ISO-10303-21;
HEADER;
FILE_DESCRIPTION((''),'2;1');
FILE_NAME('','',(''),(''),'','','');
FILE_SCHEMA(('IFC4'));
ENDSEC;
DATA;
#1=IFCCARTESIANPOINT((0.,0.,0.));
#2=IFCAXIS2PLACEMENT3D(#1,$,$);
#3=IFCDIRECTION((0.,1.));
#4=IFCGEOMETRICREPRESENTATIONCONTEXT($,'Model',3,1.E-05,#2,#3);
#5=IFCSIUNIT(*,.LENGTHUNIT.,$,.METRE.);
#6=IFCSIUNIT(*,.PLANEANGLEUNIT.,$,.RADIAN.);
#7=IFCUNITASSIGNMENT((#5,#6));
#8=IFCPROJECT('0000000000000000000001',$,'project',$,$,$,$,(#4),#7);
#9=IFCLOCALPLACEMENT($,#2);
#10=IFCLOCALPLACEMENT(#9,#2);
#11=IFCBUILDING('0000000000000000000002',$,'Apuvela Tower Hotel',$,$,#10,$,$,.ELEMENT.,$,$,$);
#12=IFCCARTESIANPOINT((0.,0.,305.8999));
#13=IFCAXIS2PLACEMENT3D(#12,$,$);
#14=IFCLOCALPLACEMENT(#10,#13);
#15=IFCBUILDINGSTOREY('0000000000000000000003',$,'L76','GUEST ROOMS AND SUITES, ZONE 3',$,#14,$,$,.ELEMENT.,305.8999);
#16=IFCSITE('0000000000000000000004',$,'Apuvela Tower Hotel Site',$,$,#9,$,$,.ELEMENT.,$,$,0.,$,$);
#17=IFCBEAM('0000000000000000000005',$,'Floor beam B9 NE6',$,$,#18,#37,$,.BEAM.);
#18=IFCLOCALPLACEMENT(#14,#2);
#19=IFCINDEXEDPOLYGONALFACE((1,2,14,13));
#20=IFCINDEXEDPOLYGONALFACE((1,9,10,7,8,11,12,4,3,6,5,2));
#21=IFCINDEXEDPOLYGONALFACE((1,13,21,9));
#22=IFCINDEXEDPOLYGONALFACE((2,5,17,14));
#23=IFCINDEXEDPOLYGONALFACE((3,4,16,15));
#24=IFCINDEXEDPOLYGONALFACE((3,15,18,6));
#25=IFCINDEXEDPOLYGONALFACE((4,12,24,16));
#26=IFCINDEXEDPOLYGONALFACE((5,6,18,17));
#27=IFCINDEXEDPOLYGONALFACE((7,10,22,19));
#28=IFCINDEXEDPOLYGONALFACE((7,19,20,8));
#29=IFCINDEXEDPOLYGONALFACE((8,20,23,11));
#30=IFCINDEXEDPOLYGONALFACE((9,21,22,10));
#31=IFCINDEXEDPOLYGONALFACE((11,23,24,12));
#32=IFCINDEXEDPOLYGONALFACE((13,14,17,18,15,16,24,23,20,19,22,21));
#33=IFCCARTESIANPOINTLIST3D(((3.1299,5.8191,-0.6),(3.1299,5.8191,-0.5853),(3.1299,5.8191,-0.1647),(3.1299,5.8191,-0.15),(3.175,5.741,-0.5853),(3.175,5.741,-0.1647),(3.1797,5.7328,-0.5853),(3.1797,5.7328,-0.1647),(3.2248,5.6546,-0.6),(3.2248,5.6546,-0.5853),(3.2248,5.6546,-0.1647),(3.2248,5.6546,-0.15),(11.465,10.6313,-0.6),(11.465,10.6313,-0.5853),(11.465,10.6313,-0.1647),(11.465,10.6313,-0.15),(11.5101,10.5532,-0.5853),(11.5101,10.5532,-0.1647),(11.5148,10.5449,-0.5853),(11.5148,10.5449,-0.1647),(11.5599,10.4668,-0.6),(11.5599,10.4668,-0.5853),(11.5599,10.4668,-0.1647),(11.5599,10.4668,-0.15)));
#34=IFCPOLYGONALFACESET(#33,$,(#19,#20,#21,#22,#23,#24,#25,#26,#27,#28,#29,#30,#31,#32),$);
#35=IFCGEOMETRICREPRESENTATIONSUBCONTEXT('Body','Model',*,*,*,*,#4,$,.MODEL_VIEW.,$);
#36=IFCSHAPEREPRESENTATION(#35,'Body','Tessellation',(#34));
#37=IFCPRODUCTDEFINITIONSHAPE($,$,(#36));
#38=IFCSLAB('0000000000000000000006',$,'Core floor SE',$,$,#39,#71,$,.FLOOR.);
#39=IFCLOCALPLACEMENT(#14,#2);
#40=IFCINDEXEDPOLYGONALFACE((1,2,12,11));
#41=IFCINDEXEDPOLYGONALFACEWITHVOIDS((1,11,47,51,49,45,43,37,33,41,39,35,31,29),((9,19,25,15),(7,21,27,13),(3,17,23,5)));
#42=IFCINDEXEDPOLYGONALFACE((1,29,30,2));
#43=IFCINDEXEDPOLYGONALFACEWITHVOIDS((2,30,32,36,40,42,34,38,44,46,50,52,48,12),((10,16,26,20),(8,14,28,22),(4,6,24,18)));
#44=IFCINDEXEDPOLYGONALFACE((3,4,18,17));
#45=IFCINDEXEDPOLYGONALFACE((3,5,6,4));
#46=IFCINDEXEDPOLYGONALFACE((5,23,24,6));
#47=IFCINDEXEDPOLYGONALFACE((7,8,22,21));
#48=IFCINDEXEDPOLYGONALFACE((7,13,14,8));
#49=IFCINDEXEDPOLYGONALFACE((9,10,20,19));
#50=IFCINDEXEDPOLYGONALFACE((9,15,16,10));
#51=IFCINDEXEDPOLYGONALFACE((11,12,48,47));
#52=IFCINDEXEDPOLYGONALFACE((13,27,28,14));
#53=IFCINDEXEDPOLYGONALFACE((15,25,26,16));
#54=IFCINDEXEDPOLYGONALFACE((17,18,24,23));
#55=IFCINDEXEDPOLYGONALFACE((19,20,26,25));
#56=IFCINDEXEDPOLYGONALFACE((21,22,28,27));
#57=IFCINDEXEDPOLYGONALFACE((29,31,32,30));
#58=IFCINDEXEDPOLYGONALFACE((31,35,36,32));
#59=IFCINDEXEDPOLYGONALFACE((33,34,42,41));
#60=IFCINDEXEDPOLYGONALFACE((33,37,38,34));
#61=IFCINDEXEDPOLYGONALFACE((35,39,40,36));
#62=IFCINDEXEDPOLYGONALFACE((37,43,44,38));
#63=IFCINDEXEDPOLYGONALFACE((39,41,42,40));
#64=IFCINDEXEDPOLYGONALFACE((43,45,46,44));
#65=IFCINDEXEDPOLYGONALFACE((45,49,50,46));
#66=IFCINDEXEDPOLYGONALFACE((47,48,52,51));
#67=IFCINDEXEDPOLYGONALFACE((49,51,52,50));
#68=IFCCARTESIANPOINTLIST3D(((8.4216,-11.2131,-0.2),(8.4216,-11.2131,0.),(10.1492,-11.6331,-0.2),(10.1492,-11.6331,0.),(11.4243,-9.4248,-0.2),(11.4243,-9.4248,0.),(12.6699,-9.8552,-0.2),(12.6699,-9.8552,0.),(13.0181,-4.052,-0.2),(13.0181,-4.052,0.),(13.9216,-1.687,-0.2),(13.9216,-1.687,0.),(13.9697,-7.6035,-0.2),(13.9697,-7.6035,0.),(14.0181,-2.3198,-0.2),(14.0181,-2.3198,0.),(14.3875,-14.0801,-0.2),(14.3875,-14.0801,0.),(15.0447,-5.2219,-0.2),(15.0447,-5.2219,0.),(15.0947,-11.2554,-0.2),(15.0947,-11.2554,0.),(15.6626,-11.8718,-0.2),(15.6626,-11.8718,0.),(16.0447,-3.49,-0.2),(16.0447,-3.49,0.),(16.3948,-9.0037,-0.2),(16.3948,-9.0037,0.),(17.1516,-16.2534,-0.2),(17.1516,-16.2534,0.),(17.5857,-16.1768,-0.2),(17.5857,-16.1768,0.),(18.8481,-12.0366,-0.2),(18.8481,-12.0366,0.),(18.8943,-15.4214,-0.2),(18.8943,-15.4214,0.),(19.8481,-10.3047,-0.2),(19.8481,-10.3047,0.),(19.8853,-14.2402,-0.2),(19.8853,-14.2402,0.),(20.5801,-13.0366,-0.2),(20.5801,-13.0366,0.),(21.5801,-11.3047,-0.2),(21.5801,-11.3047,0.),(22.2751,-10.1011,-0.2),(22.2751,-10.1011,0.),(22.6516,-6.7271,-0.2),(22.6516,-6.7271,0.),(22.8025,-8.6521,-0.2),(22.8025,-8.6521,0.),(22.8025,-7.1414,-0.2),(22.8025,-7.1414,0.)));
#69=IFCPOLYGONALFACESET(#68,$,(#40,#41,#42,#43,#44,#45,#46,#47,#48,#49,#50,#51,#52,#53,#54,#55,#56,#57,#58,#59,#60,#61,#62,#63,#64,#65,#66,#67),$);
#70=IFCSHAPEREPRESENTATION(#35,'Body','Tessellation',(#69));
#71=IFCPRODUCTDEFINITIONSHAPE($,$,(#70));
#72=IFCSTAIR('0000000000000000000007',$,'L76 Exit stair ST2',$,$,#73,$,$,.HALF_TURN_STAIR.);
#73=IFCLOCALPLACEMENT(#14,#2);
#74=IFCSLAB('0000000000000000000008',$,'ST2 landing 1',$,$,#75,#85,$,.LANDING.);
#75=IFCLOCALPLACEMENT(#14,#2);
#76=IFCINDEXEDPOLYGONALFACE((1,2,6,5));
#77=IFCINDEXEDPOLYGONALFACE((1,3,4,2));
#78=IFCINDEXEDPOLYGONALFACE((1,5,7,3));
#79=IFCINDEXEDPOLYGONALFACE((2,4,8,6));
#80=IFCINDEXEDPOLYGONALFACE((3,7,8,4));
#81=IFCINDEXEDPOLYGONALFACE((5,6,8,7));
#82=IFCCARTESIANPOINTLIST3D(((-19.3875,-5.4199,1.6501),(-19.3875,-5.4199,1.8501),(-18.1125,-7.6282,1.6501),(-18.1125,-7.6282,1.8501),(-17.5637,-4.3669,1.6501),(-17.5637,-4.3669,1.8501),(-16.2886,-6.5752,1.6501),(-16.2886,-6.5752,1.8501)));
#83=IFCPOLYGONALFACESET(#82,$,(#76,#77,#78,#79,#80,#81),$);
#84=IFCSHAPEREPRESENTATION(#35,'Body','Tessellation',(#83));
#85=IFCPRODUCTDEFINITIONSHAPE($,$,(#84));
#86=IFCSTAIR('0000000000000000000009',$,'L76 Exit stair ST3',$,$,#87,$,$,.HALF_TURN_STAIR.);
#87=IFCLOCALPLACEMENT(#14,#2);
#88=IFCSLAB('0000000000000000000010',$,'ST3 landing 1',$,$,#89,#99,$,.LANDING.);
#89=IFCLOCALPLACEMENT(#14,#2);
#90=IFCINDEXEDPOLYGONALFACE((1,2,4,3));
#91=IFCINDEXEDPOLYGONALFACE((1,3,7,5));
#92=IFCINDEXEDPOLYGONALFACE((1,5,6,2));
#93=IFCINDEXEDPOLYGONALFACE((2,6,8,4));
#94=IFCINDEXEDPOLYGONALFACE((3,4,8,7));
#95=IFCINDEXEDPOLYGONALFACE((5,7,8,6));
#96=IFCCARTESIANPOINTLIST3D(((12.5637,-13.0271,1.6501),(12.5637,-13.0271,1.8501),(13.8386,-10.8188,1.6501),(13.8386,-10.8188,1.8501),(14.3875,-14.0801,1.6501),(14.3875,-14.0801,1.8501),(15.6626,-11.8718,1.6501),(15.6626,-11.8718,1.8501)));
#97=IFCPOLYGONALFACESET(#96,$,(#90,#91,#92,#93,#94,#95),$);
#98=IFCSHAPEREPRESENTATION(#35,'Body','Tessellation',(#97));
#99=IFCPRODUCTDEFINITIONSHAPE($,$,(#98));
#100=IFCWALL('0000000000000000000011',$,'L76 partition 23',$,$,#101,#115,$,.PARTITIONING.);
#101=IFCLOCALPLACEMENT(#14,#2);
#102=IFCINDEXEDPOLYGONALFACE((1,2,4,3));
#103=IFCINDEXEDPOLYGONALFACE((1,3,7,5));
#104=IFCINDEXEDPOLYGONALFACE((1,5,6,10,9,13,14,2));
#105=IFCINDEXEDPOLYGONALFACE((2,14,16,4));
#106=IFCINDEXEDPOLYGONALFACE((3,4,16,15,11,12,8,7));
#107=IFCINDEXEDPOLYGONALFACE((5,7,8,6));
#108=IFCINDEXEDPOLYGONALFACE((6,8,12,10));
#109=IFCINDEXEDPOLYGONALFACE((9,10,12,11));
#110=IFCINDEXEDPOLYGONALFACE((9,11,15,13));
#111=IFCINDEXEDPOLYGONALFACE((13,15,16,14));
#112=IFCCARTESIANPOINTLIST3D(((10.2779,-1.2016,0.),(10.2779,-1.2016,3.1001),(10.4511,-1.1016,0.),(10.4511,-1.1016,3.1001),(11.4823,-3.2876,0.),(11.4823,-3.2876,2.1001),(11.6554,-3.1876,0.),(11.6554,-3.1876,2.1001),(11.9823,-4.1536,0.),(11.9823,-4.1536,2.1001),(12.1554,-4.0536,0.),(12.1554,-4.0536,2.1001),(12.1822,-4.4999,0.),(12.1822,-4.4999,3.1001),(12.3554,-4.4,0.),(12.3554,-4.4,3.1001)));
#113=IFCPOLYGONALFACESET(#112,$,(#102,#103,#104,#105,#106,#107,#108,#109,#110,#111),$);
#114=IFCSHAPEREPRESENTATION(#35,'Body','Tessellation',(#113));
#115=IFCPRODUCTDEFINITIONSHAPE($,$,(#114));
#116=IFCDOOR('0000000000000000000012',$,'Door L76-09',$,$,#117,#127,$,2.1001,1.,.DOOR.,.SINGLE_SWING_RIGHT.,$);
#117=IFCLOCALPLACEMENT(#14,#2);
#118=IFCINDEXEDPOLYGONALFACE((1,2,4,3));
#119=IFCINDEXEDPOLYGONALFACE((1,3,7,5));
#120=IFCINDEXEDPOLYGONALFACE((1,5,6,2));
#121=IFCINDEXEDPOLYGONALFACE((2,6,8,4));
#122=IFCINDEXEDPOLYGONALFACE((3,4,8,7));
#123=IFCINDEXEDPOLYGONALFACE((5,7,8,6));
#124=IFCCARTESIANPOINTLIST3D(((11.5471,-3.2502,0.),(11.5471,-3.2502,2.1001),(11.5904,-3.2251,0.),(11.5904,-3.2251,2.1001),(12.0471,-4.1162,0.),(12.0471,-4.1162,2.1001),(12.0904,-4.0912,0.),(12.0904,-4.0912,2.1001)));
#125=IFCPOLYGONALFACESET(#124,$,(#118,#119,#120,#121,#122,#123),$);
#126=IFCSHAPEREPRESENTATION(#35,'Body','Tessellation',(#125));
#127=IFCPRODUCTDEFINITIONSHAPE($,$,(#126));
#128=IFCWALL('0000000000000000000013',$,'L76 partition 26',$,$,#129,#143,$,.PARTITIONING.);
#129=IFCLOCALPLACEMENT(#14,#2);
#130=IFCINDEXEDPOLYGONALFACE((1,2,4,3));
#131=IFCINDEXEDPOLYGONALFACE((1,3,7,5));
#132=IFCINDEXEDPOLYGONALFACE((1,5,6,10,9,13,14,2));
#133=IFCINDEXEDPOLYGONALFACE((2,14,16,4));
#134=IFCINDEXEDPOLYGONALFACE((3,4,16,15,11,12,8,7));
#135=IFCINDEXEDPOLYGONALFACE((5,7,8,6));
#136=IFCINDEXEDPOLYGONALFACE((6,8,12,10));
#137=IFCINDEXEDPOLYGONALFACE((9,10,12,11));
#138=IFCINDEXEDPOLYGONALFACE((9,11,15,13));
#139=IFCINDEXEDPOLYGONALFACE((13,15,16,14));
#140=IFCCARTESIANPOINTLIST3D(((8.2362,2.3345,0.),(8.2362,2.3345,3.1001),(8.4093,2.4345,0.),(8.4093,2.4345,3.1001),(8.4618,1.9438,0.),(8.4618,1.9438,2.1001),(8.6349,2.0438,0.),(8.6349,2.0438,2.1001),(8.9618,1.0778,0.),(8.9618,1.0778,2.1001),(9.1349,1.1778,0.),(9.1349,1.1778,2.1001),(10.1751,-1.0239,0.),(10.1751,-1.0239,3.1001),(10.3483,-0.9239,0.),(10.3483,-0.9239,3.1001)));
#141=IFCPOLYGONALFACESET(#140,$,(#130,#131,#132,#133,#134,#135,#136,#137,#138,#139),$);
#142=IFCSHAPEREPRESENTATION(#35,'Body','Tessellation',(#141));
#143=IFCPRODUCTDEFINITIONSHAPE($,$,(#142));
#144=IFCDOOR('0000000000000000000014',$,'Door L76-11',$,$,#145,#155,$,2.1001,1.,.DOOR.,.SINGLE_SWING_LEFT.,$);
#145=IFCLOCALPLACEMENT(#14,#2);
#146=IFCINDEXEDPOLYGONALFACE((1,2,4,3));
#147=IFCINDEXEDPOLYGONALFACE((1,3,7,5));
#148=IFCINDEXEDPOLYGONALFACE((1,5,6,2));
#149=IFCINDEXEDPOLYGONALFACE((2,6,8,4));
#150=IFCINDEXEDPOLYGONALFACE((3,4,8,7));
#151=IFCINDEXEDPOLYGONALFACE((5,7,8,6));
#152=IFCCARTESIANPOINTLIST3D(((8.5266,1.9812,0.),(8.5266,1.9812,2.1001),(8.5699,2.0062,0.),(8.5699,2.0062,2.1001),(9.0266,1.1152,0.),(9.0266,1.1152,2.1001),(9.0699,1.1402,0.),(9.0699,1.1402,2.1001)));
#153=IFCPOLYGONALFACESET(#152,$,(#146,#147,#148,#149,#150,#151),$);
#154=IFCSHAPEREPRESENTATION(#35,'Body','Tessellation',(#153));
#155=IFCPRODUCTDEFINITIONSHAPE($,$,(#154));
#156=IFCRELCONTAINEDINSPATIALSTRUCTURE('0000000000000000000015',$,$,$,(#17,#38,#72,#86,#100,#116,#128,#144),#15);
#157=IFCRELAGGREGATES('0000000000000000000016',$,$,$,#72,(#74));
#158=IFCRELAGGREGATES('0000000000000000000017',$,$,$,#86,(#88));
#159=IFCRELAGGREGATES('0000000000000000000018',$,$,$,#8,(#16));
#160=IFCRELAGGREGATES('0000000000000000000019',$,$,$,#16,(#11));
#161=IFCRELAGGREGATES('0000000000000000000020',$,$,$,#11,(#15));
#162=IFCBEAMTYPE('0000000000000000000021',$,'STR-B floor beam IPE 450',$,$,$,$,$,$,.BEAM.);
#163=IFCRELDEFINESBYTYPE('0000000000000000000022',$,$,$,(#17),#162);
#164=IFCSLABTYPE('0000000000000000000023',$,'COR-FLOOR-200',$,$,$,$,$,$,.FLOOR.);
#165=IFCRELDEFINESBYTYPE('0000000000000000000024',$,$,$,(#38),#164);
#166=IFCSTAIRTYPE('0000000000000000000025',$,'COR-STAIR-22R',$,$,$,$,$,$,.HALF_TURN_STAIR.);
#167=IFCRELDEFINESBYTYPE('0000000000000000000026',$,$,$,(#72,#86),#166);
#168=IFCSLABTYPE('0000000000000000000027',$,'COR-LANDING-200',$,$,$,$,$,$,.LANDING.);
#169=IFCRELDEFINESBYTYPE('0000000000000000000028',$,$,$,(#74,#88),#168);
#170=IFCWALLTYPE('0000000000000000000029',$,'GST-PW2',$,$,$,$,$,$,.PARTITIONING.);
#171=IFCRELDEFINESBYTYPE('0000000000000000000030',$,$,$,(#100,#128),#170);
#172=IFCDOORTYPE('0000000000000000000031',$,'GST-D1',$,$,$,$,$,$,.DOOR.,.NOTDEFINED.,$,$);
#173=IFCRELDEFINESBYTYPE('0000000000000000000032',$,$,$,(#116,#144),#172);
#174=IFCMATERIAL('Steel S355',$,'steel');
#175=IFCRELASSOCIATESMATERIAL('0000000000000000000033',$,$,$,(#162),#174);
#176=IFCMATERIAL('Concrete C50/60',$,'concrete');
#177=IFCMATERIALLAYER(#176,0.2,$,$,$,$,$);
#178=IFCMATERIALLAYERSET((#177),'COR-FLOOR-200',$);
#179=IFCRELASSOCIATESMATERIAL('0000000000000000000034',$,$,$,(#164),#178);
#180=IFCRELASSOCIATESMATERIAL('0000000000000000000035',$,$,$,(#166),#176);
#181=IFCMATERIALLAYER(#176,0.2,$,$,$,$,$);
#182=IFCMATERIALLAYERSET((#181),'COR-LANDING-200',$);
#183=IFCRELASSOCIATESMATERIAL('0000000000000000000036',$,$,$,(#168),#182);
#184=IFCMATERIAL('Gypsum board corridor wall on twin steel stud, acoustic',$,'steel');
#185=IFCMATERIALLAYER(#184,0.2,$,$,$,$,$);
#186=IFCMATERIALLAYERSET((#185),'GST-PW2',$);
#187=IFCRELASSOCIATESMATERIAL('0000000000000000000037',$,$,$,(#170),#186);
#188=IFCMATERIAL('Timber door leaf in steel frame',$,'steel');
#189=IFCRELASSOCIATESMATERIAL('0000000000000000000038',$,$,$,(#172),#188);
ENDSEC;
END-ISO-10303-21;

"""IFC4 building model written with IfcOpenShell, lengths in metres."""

from ifc_helpers import new_model, si_unit, direction, frame, frame_2d, origin, origin_2d, place, context, subcontext, project, spatial, polyline, rectangle, i_section, outline, extrude, material, layer, layer_set, material_profile, profile_set, type_object, element, fill, aggregate, save


model = new_model("IFC4")

# Units and contexts
model_context = context("Model", 3, precision=1e-05, world=origin(), true_north=direction((0.0, 1.0)))
body_context = subcontext(model_context, "Body", "Model", "MODEL_VIEW")
ifc_project = project(units=[si_unit("LENGTHUNIT", "METRE"), si_unit("PLANEANGLEUNIT", "RADIAN")], contexts=[model_context])

# Site, building, storey
site_placement = place(None, origin())
site = spatial("IfcSite", under=ifc_project, at=site_placement, Name="Apuvela Tower Hotel Site", CompositionType="ELEMENT", RefElevation=0.0)
building_placement = place(site_placement, origin())
building = spatial("IfcBuilding", under=site, at=building_placement, Name="Apuvela Tower Hotel", CompositionType="ELEMENT")
storey_placement = place(building_placement, frame((0.0, 0.0, 305.8999)))
storey = spatial("IfcBuildingStorey", under=building, at=storey_placement, Name="L76", Description="GUEST ROOMS AND SUITES, ZONE 3", CompositionType="ELEMENT", Elevation=305.8999)

# Beam
ifc_material_1 = material(Name="Steel S355", Category="steel")
ifc_material_profile = material_profile(ifc_material_1, i_section(OverallWidth=0.1899, OverallDepth=0.45, WebThickness=0.0095, FlangeThickness=0.0146, at=origin_2d()), Name="IPE 450")
ifc_profile_set = profile_set([ifc_material_profile], Name="Steel S355")
beam_type = type_object("IfcBeamType", Name="STR-B floor beam IPE 450", PredefinedType="BEAM", material=ifc_profile_set)
beam_placement = place(storey_placement, frame((11.5125, 10.5491, -0.375), z_axis=(-0.866029, -0.499994, 0.0), x_axis=(0.499994, -0.866029, 0.0)))
element("IfcBeam", 1, at=beam_placement, inside=storey, type_object=beam_type, Name="Floor beam B9 NE6", PredefinedType="BEAM", context=body_context, shape_type="SweptSolid", body=[
    extrude(i_section(OverallWidth=0.1899, OverallDepth=0.45, WebThickness=0.0095, FlangeThickness=0.0146, at=origin_2d()), origin(), (0.0, 0.0, 1.0), 9.6245),
])

# Slab
ifc_material_2 = material(Name="Concrete C50/60", Category="concrete")
ifc_layer_1 = layer(ifc_material_2, 0.2)
ifc_layer_set_1 = layer_set([ifc_layer_1], Name="COR-FLOOR-200")
slab_type_1 = type_object("IfcSlabType", Name="COR-FLOOR-200", PredefinedType="FLOOR", material=ifc_layer_set_1)
slab_1_placement = place(storey_placement, frame((0.0, 0.0, -0.2)))
element("IfcSlab", 2, at=slab_1_placement, inside=storey, type_object=slab_type_1, Name="Core floor SE", PredefinedType="FLOOR", context=body_context, shape_type="SweptSolid", body=[
    extrude(outline(polyline([(17.1516, -16.2534), (17.5857, -16.1768), (18.8943, -15.4214), (19.8853, -14.2402), (20.5801, -13.0366), (18.8481, -12.0366), (19.8481, -10.3047), (21.5801, -11.3047), (22.2751, -10.1011), (22.8025, -8.6521), (22.8025, -7.1414), (22.6516, -6.7271), (13.9216, -1.687), (8.4216, -11.2131), (17.1516, -16.2534)]), holes=[polyline([(14.0181, -2.3198), (16.0447, -3.49), (15.0447, -5.2219), (13.0181, -4.052), (14.0181, -2.3198)]), polyline([(10.1492, -11.6331), (11.4243, -9.4248), (15.6626, -11.8718), (14.3875, -14.0801), (10.1492, -11.6331)]), polyline([(12.6699, -9.8552), (13.9697, -7.6035), (16.3948, -9.0037), (15.0947, -11.2554), (12.6699, -9.8552)])]), origin(), (0.0, 0.0, 1.0), 0.2),
])

# Stairs, slabs
stair_type = type_object("IfcStairType", Name="COR-STAIR-22R", PredefinedType="HALF_TURN_STAIR", material=ifc_material_2)
stair_1_placement = place(storey_placement, origin())
stair_1 = element("IfcStair", 3, at=stair_1_placement, inside=storey, type_object=stair_type, Name="L76 Exit stair ST2", PredefinedType="HALF_TURN_STAIR")
ifc_layer_2 = layer(ifc_material_2, 0.2)
ifc_layer_set_2 = layer_set([ifc_layer_2], Name="COR-LANDING-200")
slab_type_2 = type_object("IfcSlabType", Name="COR-LANDING-200", PredefinedType="LANDING", material=ifc_layer_set_2)
slab_2_placement = place(storey_placement, frame((0.0, 0.0, 1.6501)))
slab_2 = element("IfcSlab", 4, at=slab_2_placement, type_object=slab_type_2, Name="ST2 landing 1", PredefinedType="LANDING", context=body_context, shape_type="SweptSolid", body=[
    extrude(outline(polyline([(-17.5637, -4.3669), (-19.3875, -5.4199), (-18.1125, -7.6282), (-16.2886, -6.5752), (-17.5637, -4.3669)])), origin(), (0.0, 0.0, 1.0), 0.2),
])
aggregate(stair_1, [slab_2])
stair_2_placement = place(storey_placement, origin())
stair_2 = element("IfcStair", 5, at=stair_2_placement, inside=storey, type_object=stair_type, Name="L76 Exit stair ST3", PredefinedType="HALF_TURN_STAIR")
slab_3_placement = place(storey_placement, frame((0.0, 0.0, 1.6501)))
slab_3 = element("IfcSlab", 6, at=slab_3_placement, type_object=slab_type_2, Name="ST3 landing 1", PredefinedType="LANDING", context=body_context, shape_type="SweptSolid", body=[
    extrude(outline(polyline([(12.5637, -13.0271), (14.3875, -14.0801), (15.6626, -11.8718), (13.8386, -10.8188), (12.5637, -13.0271)])), origin(), (0.0, 0.0, 1.0), 0.2),
])
aggregate(stair_2, [slab_3])

# Walls, openings, doors
ifc_material_3 = material(Name="Gypsum board corridor wall on twin steel stud, acoustic", Category="steel")
ifc_layer_3 = layer(ifc_material_3, 0.2)
ifc_layer_set_3 = layer_set([ifc_layer_3], Name="GST-PW2")
wall_type_1 = type_object("IfcWallType", Name="GST-PW2", PredefinedType="PARTITIONING", material=ifc_layer_set_3)
wall_1_placement = place(storey_placement, frame((10.3645, -1.1516, 0.0), z_axis=(0.0, 0.0, 1.0), x_axis=(0.5, -0.866025, 0.0)))
wall_1 = element("IfcWall", 7, at=wall_1_placement, inside=storey, type_object=wall_type_1, Name="L76 partition 23", PredefinedType="PARTITIONING", context=body_context, shape_type="SweptSolid", body=[
    extrude(rectangle(XDim=3.8086, YDim=0.2, at=frame_2d((1.9043, 0.0))), origin(), (0.0, 0.0, 1.0), 3.1001),
])
opening_1_placement = place(wall_1_placement, frame((2.4087, 0.0, 0.0)))
opening_1 = element("IfcOpeningElement", 8, at=opening_1_placement, cuts=wall_1, PredefinedType="OPENING", context=body_context, shape_type="SweptSolid", body=[
    extrude(rectangle(XDim=1.0, YDim=2.1001, at=frame_2d((0.5, 1.05))), frame((0.0, 0.1099, 0.0), z_axis=(0.0, -1.0, 0.0), x_axis=(1.0, 0.0, 0.0)), (0.0, 0.0, 1.0), 0.22),
])
ifc_material_4 = material(Name="Timber door leaf in steel frame", Category="steel")
door_type_1 = type_object("IfcDoorType", Name="GST-D1", OperationType="NOTDEFINED", PredefinedType="DOOR", material=ifc_material_4)
door_1_placement = place(opening_1_placement, origin())
door_1 = element("IfcDoor", 9, at=door_1_placement, inside=storey, type_object=door_type_1, Name="Door L76-09", OperationType="SINGLE_SWING_RIGHT", OverallHeight=2.1001, OverallWidth=1.0, PredefinedType="DOOR", context=body_context, shape_type="SweptSolid", body=[
    extrude(rectangle(XDim=1.0, YDim=2.1001, at=frame_2d((0.5, 1.05))), frame((0.0, 0.0249, 0.0), z_axis=(0.0, -1.0, 0.0), x_axis=(1.0, 0.0, 0.0)), (0.0, 0.0, 1.0), 0.05),
])
fill(opening_1, door_1)
wall_2_placement = place(storey_placement, frame((8.3228, 2.3845, 0.0), z_axis=(0.0, 0.0, 1.0), x_axis=(0.499999, -0.866026, 0.0)))
wall_2 = element("IfcWall", 10, at=wall_2_placement, inside=storey, type_object=wall_type_1, Name="L76 partition 26", PredefinedType="PARTITIONING", context=body_context, shape_type="SweptSolid", body=[
    extrude(rectangle(XDim=3.8779, YDim=0.2, at=frame_2d((1.939, 0.0))), origin(), (0.0, 0.0, 1.0), 3.1001),
])
opening_2_placement = place(wall_2_placement, frame((0.4512, 0.0, 0.0)))
opening_2 = element("IfcOpeningElement", 11, at=opening_2_placement, cuts=wall_2, PredefinedType="OPENING", context=body_context, shape_type="SweptSolid", body=[
    extrude(rectangle(XDim=1.0, YDim=2.1001, at=frame_2d((0.5, 1.05))), frame((0.0, 0.1099, 0.0), z_axis=(0.0, -1.0, 0.0), x_axis=(1.0, 0.0, 0.0)), (0.0, 0.0, 1.0), 0.22),
])
door_2_placement = place(opening_2_placement, origin())
door_2 = element("IfcDoor", 12, at=door_2_placement, inside=storey, type_object=door_type_1, Name="Door L76-11", OperationType="SINGLE_SWING_LEFT", OverallHeight=2.1001, OverallWidth=1.0, PredefinedType="DOOR", context=body_context, shape_type="SweptSolid", body=[
    extrude(rectangle(XDim=1.0, YDim=2.1001, at=frame_2d((0.5, 1.05))), frame((0.0, 0.0249, 0.0), z_axis=(0.0, -1.0, 0.0), x_axis=(1.0, 0.0, 0.0)), (0.0, 0.0, 1.0), 0.05),
])
fill(opening_2, door_2)

save(model, "model.ifc")
